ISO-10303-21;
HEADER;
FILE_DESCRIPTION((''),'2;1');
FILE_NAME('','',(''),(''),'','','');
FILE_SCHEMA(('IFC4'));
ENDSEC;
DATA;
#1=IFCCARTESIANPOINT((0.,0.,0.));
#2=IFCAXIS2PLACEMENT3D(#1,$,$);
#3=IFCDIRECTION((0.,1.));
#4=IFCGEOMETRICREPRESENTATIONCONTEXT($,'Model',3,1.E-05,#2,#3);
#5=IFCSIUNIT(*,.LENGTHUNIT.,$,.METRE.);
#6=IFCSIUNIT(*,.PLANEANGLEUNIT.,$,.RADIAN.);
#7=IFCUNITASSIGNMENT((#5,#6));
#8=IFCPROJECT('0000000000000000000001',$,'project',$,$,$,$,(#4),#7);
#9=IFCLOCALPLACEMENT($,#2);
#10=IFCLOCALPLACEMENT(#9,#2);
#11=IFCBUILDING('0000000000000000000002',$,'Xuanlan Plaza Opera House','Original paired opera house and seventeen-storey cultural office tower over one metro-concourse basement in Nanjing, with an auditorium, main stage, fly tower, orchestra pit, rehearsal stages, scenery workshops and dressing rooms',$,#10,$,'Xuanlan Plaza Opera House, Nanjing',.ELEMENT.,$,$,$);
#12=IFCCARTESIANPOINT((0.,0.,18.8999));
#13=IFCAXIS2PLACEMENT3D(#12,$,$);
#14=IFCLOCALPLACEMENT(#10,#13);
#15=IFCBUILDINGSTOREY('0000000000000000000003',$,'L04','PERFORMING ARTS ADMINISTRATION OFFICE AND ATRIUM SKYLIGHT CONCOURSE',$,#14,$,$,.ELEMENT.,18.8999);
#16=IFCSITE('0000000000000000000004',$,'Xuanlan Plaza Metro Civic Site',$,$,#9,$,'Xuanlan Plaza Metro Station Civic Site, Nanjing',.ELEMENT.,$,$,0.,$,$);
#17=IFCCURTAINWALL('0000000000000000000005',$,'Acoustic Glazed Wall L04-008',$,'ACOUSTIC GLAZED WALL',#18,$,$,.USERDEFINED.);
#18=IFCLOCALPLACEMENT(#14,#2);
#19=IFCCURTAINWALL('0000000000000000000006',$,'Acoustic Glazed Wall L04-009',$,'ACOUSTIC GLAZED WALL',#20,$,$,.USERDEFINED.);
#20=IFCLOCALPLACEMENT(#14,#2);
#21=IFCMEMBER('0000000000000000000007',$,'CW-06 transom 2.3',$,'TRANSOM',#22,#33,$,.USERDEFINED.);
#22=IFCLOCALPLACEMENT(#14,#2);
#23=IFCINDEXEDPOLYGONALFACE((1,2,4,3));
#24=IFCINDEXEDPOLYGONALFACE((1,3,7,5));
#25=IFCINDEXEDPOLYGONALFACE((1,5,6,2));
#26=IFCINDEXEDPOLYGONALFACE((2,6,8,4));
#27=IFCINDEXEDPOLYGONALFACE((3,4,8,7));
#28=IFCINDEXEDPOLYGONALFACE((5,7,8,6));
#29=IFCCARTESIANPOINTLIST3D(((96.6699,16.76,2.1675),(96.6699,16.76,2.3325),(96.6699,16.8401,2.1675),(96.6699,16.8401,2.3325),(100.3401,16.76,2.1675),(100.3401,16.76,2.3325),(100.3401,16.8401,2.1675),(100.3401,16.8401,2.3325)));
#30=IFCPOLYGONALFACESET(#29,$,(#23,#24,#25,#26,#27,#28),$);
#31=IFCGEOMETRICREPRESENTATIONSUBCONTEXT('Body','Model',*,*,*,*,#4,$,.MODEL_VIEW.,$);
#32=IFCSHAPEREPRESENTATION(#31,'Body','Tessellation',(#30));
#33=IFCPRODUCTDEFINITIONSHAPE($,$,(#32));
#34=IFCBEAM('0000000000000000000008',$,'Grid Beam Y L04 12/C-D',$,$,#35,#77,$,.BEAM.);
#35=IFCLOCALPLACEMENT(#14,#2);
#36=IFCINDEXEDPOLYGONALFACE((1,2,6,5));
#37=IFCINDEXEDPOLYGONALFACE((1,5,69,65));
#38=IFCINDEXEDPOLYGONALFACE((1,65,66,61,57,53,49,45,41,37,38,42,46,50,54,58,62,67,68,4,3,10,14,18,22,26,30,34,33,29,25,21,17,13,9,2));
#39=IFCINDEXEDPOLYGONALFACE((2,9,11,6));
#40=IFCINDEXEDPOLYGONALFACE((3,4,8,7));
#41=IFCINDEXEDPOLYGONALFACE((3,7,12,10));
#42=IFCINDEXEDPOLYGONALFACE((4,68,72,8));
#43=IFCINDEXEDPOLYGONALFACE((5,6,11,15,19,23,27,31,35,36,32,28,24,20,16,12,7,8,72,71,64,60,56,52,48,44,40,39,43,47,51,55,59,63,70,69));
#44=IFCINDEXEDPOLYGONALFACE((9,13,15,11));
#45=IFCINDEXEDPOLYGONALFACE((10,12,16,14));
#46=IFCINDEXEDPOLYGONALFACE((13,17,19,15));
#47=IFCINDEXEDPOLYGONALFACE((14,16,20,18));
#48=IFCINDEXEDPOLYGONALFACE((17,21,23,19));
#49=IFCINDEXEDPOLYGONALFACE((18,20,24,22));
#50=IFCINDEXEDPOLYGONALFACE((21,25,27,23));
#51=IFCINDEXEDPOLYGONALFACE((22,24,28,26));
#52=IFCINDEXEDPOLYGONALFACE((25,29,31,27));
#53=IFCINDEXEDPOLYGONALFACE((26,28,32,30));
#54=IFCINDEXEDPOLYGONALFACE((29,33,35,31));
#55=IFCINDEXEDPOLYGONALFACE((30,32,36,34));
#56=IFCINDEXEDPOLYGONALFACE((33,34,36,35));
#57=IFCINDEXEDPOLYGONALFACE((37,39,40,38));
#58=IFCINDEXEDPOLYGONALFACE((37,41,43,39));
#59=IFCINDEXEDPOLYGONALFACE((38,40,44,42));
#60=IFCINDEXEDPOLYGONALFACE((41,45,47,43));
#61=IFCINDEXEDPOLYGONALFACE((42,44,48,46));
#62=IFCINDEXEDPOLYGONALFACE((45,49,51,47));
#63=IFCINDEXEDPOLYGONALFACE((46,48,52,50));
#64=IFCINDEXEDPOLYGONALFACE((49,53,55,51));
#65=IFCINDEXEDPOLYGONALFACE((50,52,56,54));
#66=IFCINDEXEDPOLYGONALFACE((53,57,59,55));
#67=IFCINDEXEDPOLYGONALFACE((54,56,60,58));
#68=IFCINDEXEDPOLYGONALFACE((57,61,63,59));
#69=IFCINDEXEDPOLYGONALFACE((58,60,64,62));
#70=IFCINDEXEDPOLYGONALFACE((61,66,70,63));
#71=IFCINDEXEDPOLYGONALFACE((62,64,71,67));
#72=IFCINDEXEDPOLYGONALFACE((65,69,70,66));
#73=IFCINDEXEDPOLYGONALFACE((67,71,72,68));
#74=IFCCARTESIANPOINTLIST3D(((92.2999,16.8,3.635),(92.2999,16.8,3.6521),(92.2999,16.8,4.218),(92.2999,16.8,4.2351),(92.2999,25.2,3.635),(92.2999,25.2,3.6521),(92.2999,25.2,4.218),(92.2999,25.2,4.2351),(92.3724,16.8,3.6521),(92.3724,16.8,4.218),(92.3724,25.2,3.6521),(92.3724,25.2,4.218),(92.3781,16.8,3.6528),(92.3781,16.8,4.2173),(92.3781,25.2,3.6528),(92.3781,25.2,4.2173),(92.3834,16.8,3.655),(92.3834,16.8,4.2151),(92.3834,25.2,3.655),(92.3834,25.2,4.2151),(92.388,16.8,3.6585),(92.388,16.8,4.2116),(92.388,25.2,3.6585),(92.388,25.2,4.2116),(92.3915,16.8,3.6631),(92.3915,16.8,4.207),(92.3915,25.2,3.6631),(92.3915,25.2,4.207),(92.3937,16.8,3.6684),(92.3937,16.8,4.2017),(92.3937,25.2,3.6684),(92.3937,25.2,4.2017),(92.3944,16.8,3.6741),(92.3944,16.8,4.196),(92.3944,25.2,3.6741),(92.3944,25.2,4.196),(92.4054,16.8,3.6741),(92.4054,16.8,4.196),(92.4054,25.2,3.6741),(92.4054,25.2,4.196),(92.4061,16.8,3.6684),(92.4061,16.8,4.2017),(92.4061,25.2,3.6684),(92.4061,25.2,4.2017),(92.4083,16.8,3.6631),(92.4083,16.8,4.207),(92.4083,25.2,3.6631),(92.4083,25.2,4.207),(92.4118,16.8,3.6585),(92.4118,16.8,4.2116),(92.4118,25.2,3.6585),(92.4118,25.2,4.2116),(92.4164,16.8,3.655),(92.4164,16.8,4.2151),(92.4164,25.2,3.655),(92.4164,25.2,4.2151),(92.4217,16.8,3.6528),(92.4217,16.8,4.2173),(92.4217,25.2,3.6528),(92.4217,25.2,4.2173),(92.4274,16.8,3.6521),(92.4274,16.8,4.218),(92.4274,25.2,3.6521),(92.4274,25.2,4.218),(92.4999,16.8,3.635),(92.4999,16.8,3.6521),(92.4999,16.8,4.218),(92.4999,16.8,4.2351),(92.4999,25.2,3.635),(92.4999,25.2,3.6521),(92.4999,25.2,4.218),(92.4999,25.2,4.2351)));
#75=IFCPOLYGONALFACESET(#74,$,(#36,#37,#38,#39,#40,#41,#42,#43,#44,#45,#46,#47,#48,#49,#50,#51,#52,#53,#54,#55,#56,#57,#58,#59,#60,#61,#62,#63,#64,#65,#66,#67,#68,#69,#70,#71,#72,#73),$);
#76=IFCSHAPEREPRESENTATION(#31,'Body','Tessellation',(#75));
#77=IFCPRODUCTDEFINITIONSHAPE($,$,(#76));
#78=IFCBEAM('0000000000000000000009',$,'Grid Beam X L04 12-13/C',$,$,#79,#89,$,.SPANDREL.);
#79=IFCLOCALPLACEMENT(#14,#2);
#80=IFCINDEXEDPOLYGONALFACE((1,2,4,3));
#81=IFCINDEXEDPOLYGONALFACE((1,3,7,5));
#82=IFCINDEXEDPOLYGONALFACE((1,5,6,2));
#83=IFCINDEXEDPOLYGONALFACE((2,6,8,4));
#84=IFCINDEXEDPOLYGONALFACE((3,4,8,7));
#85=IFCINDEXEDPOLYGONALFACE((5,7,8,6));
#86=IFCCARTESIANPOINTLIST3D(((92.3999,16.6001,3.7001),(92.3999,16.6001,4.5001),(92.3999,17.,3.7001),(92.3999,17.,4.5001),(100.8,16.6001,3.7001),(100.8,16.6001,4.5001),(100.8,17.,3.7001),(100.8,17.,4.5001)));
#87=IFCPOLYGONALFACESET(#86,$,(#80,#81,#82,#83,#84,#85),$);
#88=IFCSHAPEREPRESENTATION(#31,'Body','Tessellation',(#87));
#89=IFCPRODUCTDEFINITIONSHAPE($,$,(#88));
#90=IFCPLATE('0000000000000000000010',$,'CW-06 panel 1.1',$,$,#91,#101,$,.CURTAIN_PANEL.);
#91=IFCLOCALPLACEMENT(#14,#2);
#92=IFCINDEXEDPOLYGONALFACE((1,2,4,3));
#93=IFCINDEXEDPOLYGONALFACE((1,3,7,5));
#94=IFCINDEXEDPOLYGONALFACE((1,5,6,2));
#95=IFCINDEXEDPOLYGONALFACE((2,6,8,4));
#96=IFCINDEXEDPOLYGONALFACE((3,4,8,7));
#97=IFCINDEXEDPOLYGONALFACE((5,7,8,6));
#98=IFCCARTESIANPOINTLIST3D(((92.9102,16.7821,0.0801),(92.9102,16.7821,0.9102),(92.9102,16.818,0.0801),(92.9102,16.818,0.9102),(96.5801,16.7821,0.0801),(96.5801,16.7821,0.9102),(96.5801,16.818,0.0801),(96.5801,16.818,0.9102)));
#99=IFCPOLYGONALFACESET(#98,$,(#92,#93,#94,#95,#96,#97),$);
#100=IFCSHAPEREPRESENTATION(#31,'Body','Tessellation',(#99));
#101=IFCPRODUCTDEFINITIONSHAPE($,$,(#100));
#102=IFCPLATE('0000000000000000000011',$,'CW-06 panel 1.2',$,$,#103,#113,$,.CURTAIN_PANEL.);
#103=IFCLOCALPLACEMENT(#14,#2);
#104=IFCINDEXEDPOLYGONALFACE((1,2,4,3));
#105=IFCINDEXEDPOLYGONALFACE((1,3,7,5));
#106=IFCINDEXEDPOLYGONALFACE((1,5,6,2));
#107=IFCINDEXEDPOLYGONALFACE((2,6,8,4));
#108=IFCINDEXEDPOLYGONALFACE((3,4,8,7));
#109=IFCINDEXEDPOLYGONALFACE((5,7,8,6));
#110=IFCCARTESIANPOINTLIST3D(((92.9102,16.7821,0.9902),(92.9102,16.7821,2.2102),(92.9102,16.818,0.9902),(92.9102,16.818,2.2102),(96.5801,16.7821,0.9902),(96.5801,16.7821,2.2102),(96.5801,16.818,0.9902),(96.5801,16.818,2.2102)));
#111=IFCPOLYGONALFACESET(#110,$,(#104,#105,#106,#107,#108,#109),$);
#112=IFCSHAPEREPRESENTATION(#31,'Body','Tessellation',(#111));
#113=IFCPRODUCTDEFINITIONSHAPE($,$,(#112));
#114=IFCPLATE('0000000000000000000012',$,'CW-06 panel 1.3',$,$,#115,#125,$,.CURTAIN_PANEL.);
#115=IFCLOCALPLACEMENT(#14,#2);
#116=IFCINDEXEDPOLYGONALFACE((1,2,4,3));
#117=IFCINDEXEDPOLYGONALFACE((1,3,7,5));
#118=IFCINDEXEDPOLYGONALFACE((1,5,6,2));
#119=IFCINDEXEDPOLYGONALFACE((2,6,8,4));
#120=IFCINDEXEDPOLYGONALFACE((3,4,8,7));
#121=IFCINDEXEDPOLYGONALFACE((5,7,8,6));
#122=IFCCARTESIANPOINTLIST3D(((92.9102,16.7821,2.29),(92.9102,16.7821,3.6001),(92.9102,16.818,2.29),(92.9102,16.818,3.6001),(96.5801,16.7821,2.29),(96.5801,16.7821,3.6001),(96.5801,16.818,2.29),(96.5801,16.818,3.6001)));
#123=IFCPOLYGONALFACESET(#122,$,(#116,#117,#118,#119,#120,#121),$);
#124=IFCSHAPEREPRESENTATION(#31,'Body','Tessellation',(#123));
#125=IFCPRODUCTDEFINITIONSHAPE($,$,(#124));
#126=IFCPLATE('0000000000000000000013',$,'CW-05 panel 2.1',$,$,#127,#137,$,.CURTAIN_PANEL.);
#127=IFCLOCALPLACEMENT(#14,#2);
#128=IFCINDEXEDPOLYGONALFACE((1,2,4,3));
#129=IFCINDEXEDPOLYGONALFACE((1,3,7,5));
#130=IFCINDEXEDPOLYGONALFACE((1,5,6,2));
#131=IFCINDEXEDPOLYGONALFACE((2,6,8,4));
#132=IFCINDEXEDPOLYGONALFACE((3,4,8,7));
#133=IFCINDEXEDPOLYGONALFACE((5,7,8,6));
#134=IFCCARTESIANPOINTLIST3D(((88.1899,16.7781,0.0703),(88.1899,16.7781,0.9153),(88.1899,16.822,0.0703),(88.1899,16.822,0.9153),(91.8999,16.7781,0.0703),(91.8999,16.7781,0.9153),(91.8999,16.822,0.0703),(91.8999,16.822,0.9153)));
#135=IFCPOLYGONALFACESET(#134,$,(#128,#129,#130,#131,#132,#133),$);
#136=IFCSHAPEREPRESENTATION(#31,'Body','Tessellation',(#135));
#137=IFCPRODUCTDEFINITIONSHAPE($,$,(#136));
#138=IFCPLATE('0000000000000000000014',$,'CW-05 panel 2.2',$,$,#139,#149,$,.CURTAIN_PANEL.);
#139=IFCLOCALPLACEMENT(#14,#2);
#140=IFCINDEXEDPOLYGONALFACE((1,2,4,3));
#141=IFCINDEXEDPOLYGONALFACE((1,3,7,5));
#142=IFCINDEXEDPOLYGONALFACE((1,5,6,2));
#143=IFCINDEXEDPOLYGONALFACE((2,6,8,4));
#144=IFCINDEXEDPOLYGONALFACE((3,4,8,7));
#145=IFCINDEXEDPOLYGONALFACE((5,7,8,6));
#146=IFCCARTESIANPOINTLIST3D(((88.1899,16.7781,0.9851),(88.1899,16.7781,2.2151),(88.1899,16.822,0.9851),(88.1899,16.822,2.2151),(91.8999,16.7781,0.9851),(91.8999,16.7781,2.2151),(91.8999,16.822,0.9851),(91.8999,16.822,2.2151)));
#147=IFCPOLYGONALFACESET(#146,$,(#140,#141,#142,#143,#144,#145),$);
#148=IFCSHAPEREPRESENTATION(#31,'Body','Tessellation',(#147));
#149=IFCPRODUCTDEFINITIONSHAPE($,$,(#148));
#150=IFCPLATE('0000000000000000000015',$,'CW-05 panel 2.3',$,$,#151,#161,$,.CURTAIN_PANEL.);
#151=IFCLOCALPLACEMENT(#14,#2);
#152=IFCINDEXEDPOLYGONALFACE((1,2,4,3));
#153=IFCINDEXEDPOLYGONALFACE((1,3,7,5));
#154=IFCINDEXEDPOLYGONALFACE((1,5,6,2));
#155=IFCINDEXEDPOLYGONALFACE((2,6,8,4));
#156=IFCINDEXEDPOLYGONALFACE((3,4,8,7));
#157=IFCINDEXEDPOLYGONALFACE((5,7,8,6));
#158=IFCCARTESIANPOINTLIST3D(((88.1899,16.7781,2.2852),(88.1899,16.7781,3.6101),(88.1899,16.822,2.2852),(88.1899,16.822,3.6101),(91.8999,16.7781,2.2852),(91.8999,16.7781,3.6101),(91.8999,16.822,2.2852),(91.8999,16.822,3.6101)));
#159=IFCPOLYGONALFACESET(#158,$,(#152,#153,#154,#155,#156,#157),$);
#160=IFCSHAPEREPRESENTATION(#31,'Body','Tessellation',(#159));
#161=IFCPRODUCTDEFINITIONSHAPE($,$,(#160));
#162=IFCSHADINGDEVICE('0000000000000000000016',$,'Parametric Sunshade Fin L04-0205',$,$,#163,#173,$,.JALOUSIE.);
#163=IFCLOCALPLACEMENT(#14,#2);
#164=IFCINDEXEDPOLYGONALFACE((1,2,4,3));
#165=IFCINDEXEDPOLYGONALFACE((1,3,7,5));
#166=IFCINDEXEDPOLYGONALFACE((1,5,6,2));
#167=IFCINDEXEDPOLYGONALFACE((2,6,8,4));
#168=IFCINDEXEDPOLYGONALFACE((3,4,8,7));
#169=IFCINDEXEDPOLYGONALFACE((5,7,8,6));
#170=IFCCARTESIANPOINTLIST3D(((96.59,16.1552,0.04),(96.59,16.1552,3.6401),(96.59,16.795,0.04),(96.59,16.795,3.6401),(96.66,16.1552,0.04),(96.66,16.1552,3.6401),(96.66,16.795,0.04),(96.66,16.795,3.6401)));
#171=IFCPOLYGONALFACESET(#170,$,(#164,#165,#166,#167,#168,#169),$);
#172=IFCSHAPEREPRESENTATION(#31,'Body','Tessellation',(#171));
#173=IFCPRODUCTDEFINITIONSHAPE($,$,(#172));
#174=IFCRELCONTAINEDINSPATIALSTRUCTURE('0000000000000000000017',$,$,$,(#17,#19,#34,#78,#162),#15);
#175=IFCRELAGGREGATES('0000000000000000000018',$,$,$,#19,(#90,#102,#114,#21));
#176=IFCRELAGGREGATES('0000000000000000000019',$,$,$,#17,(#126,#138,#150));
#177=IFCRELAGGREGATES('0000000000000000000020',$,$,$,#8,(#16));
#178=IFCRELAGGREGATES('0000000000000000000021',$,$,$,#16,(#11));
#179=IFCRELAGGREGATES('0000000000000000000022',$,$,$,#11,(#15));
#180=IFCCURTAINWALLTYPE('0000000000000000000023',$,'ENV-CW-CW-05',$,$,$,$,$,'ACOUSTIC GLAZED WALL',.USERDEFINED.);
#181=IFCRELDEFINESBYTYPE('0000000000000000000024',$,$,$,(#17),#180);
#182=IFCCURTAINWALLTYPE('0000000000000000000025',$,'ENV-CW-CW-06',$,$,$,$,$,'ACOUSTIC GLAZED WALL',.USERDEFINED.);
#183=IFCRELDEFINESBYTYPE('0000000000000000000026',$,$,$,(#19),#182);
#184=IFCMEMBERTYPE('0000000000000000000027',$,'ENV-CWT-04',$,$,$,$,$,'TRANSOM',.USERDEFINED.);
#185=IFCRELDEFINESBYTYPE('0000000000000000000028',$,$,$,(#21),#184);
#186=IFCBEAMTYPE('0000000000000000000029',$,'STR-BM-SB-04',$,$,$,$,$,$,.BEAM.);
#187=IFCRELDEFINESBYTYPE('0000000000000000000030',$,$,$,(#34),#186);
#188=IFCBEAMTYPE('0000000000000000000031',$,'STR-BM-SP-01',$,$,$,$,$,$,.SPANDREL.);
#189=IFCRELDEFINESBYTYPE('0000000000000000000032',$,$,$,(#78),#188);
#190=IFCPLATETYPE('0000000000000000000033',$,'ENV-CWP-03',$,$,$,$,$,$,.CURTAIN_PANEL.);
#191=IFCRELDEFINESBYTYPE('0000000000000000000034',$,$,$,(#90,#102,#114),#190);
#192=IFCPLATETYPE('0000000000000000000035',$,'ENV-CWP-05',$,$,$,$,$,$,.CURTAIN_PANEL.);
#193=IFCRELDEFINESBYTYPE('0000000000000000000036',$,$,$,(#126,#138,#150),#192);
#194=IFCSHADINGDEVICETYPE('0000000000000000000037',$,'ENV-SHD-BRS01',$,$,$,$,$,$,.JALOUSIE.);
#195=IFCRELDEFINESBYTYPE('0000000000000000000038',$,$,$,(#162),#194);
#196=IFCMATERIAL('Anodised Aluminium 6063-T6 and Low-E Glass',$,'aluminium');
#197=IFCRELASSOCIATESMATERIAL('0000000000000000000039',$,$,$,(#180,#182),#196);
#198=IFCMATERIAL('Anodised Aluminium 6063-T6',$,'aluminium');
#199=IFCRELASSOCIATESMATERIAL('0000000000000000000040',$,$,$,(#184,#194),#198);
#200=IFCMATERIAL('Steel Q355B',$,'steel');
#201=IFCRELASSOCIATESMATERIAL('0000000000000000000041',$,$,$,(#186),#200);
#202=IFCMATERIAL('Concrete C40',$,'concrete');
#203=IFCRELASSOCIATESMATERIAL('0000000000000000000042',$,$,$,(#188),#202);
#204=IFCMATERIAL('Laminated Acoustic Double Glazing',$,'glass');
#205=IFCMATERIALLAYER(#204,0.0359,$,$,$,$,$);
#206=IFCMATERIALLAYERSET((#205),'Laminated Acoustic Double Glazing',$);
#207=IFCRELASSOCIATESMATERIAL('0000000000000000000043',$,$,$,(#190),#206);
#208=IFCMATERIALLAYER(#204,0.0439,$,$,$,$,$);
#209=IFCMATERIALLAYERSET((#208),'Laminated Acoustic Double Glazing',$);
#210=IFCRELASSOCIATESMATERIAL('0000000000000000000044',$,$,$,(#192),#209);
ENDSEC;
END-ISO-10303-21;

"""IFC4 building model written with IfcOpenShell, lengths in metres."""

from ifc_helpers import new_model, si_unit, direction, frame, origin, origin_2d, place, context, subcontext, project, spatial, rectangle, i_section, extrude, material, layer, layer_set, material_profile, profile_set, type_object, element, aggregate, save


model = new_model("IFC4")

# Units and contexts
model_context = context("Model", 3, precision=1e-05, world=origin(), true_north=direction((0.0, 1.0)))
body_context = subcontext(model_context, "Body", "Model", "MODEL_VIEW")
ifc_project = project(units=[si_unit("LENGTHUNIT", "METRE"), si_unit("PLANEANGLEUNIT", "RADIAN")], contexts=[model_context])

# Site, building, storey
site_placement = place(None, origin())
site = spatial("IfcSite", under=ifc_project, at=site_placement, Name="Xuanlan Plaza Metro Civic Site", LongName="Xuanlan Plaza Metro Station Civic Site, Nanjing", CompositionType="ELEMENT", RefElevation=0.0)
building_placement = place(site_placement, origin())
building = spatial("IfcBuilding", under=site, at=building_placement, Name="Xuanlan Plaza Opera House", Description="Original paired opera house and seventeen-storey cultural office tower over one metro-concourse basement in Nanjing, with an auditorium, main stage, fly tower, orchestra pit, rehearsal stages, scenery workshops and dressing rooms", LongName="Xuanlan Plaza Opera House, Nanjing", CompositionType="ELEMENT")
storey_placement = place(building_placement, frame((0.0, 0.0, 18.8999)))
storey = spatial("IfcBuildingStorey", under=building, at=storey_placement, Name="L04", Description="PERFORMING ARTS ADMINISTRATION OFFICE AND ATRIUM SKYLIGHT CONCOURSE", CompositionType="ELEMENT", Elevation=18.8999)

# Shared definitions
ifc_material_1 = material(Name="Concrete C40", Category="concrete")

# Curtain wall
ifc_material_2 = material(Name="Anodised Aluminium 6063-T6 and Low-E Glass", Category="aluminium")
curtain_wall_type_1 = type_object("IfcCurtainWallType", Name="ENV-CW-CW-05", ElementType="ACOUSTIC GLAZED WALL", PredefinedType="USERDEFINED", material=ifc_material_2)
curtain_wall_1_placement = place(storey_placement, origin())
curtain_wall_1 = element("IfcCurtainWall", 1, at=curtain_wall_1_placement, inside=storey, type_object=curtain_wall_type_1, Name="Acoustic Glazed Wall L04-008", ObjectType="ACOUSTIC GLAZED WALL", PredefinedType="USERDEFINED")
ifc_material_3 = material(Name="Anodised Aluminium 6063-T6", Category="aluminium")

# Curtain wall
curtain_wall_type_2 = type_object("IfcCurtainWallType", Name="ENV-CW-CW-06", ElementType="ACOUSTIC GLAZED WALL", PredefinedType="USERDEFINED", material=ifc_material_2)
curtain_wall_2_placement = place(storey_placement, origin())
curtain_wall_2 = element("IfcCurtainWall", 2, at=curtain_wall_2_placement, inside=storey, type_object=curtain_wall_type_2, Name="Acoustic Glazed Wall L04-009", ObjectType="ACOUSTIC GLAZED WALL", PredefinedType="USERDEFINED")

# Member
ifc_material_profile_1 = material_profile(ifc_material_3, rectangle(XDim=0.0801, YDim=0.165, at=origin_2d()), Name="ALU-T 80x165")
ifc_profile_set_1 = profile_set([ifc_material_profile_1], Name="Anodised Aluminium 6063-T6")
member_type_1 = type_object("IfcMemberType", Name="ENV-CWT-04", ElementType="TRANSOM", PredefinedType="USERDEFINED", material=ifc_profile_set_1)
member_1_placement = place(storey_placement, frame((96.6699, 16.8, 2.25), z_axis=(1.0, 0.0, 0.0), x_axis=(0.0, 1.0, 0.0)))
member_1 = element("IfcMember", 3, at=member_1_placement, type_object=member_type_1, Name="CW-06 transom 2.3", ObjectType="TRANSOM", PredefinedType="USERDEFINED", context=body_context, shape_type="SweptSolid", body=[
    extrude(rectangle(XDim=0.0801, YDim=0.165, at=origin_2d()), origin(), (0.0, 0.0, 1.0), 3.6702),
])

# Beams
ifc_material_4 = material(Name="Steel Q355B", Category="steel")
ifc_material_profile_2 = material_profile(ifc_material_4, i_section(OverallWidth=0.2, OverallDepth=0.6001, WebThickness=0.011, FlangeThickness=0.0171, FilletRadius=0.022, at=origin_2d()), Name="HN 600x200x11x17")
ifc_profile_set_2 = profile_set([ifc_material_profile_2], Name="Steel Q355B")
beam_type_1 = type_object("IfcBeamType", Name="STR-BM-SB-04", PredefinedType="BEAM", material=ifc_profile_set_2)
beam_1_placement = place(storey_placement, frame((92.3999, 16.8, 3.9351), z_axis=(0.0, 1.0, 0.0), x_axis=(-1.0, 0.0, 0.0)))
element("IfcBeam", 4, at=beam_1_placement, inside=storey, type_object=beam_type_1, Name="Grid Beam Y L04 12/C-D", PredefinedType="BEAM", context=body_context, shape_type="SweptSolid", body=[
    extrude(i_section(OverallWidth=0.2, OverallDepth=0.6001, WebThickness=0.011, FlangeThickness=0.0171, FilletRadius=0.022, at=origin_2d()), origin(), (0.0, 0.0, 1.0), 8.3999),
])
ifc_material_profile_3 = material_profile(ifc_material_1, rectangle(XDim=0.3999, YDim=0.8, at=origin_2d()), Name="RC-SPD 400x800")
ifc_profile_set_3 = profile_set([ifc_material_profile_3], Name="Concrete C40")
beam_type_2 = type_object("IfcBeamType", Name="STR-BM-SP-01", PredefinedType="SPANDREL", material=ifc_profile_set_3)
beam_2_placement = place(storey_placement, frame((92.3999, 16.8, 4.1001), z_axis=(1.0, 0.0, 0.0), x_axis=(0.0, 1.0, 0.0)))
element("IfcBeam", 5, at=beam_2_placement, inside=storey, type_object=beam_type_2, Name="Grid Beam X L04 12-13/C", PredefinedType="SPANDREL", context=body_context, shape_type="SweptSolid", body=[
    extrude(rectangle(XDim=0.3999, YDim=0.8, at=origin_2d()), origin(), (0.0, 0.0, 1.0), 8.4001),
])

# Plates
ifc_material_5 = material(Name="Laminated Acoustic Double Glazing", Category="glass")
ifc_layer_1 = layer(ifc_material_5, 0.0359)
ifc_layer_set_1 = layer_set([ifc_layer_1], Name="Laminated Acoustic Double Glazing")
plate_type_1 = type_object("IfcPlateType", Name="ENV-CWP-03", PredefinedType="CURTAIN_PANEL", material=ifc_layer_set_1)
plate_1_placement = place(storey_placement, frame((94.7451, 16.8, 0.0801), z_axis=(0.0, 0.0, 1.0), x_axis=(1.0, 0.0, 0.0)))
plate_1 = element("IfcPlate", 6, at=plate_1_placement, type_object=plate_type_1, Name="CW-06 panel 1.1", PredefinedType="CURTAIN_PANEL", context=body_context, shape_type="SweptSolid", body=[
    extrude(rectangle(XDim=3.6699, YDim=0.0359, at=origin_2d()), origin(), (0.0, 0.0, 1.0), 0.8301),
])
plate_2_placement = place(storey_placement, frame((94.7451, 16.8, 0.9902), z_axis=(0.0, 0.0, 1.0), x_axis=(1.0, 0.0, 0.0)))
plate_2 = element("IfcPlate", 7, at=plate_2_placement, type_object=plate_type_1, Name="CW-06 panel 1.2", PredefinedType="CURTAIN_PANEL", context=body_context, shape_type="SweptSolid", body=[
    extrude(rectangle(XDim=3.6699, YDim=0.0359, at=origin_2d()), origin(), (0.0, 0.0, 1.0), 1.22),
])
plate_3_placement = place(storey_placement, frame((94.7451, 16.8, 2.29), z_axis=(0.0, 0.0, 1.0), x_axis=(1.0, 0.0, 0.0)))
plate_3 = element("IfcPlate", 8, at=plate_3_placement, type_object=plate_type_1, Name="CW-06 panel 1.3", PredefinedType="CURTAIN_PANEL", context=body_context, shape_type="SweptSolid", body=[
    extrude(rectangle(XDim=3.6699, YDim=0.0359, at=origin_2d()), origin(), (0.0, 0.0, 1.0), 1.3101),
])
aggregate(curtain_wall_2, [plate_1, plate_2, plate_3, member_1])
ifc_layer_2 = layer(ifc_material_5, 0.0439)
ifc_layer_set_2 = layer_set([ifc_layer_2], Name="Laminated Acoustic Double Glazing")
plate_type_2 = type_object("IfcPlateType", Name="ENV-CWP-05", PredefinedType="CURTAIN_PANEL", material=ifc_layer_set_2)
plate_4_placement = place(storey_placement, frame((90.0449, 16.8, 0.0703), z_axis=(0.0, 0.0, 1.0), x_axis=(1.0, 0.0, 0.0)))
plate_4 = element("IfcPlate", 9, at=plate_4_placement, type_object=plate_type_2, Name="CW-05 panel 2.1", PredefinedType="CURTAIN_PANEL", context=body_context, shape_type="SweptSolid", body=[
    extrude(rectangle(XDim=3.71, YDim=0.0439, at=origin_2d()), origin(), (0.0, 0.0, 1.0), 0.845),
])
plate_5_placement = place(storey_placement, frame((90.0449, 16.8, 0.9851), z_axis=(0.0, 0.0, 1.0), x_axis=(1.0, 0.0, 0.0)))
plate_5 = element("IfcPlate", 10, at=plate_5_placement, type_object=plate_type_2, Name="CW-05 panel 2.2", PredefinedType="CURTAIN_PANEL", context=body_context, shape_type="SweptSolid", body=[
    extrude(rectangle(XDim=3.71, YDim=0.0439, at=origin_2d()), origin(), (0.0, 0.0, 1.0), 1.23),
])
plate_6_placement = place(storey_placement, frame((90.0449, 16.8, 2.2852), z_axis=(0.0, 0.0, 1.0), x_axis=(1.0, 0.0, 0.0)))
plate_6 = element("IfcPlate", 11, at=plate_6_placement, type_object=plate_type_2, Name="CW-05 panel 2.3", PredefinedType="CURTAIN_PANEL", context=body_context, shape_type="SweptSolid", body=[
    extrude(rectangle(XDim=3.71, YDim=0.0439, at=origin_2d()), origin(), (0.0, 0.0, 1.0), 1.325),
])
aggregate(curtain_wall_1, [plate_4, plate_5, plate_6])

# Shading device
shading_device_type = type_object("IfcShadingDeviceType", Name="ENV-SHD-BRS01", PredefinedType="JALOUSIE", material=ifc_material_3)
shading_device_placement = place(storey_placement, frame((96.625, 16.4751, 0.04), z_axis=(0.0, 0.0, 1.0), x_axis=(0.0, -1.0, 0.0)))
element("IfcShadingDevice", 12, at=shading_device_placement, inside=storey, type_object=shading_device_type, Name="Parametric Sunshade Fin L04-0205", PredefinedType="JALOUSIE", context=body_context, shape_type="SweptSolid", body=[
    extrude(rectangle(XDim=0.6399, YDim=0.0701, at=origin_2d()), origin(), (0.0, 0.0, 1.0), 3.6001),
])

save(model, "model.ifc")
